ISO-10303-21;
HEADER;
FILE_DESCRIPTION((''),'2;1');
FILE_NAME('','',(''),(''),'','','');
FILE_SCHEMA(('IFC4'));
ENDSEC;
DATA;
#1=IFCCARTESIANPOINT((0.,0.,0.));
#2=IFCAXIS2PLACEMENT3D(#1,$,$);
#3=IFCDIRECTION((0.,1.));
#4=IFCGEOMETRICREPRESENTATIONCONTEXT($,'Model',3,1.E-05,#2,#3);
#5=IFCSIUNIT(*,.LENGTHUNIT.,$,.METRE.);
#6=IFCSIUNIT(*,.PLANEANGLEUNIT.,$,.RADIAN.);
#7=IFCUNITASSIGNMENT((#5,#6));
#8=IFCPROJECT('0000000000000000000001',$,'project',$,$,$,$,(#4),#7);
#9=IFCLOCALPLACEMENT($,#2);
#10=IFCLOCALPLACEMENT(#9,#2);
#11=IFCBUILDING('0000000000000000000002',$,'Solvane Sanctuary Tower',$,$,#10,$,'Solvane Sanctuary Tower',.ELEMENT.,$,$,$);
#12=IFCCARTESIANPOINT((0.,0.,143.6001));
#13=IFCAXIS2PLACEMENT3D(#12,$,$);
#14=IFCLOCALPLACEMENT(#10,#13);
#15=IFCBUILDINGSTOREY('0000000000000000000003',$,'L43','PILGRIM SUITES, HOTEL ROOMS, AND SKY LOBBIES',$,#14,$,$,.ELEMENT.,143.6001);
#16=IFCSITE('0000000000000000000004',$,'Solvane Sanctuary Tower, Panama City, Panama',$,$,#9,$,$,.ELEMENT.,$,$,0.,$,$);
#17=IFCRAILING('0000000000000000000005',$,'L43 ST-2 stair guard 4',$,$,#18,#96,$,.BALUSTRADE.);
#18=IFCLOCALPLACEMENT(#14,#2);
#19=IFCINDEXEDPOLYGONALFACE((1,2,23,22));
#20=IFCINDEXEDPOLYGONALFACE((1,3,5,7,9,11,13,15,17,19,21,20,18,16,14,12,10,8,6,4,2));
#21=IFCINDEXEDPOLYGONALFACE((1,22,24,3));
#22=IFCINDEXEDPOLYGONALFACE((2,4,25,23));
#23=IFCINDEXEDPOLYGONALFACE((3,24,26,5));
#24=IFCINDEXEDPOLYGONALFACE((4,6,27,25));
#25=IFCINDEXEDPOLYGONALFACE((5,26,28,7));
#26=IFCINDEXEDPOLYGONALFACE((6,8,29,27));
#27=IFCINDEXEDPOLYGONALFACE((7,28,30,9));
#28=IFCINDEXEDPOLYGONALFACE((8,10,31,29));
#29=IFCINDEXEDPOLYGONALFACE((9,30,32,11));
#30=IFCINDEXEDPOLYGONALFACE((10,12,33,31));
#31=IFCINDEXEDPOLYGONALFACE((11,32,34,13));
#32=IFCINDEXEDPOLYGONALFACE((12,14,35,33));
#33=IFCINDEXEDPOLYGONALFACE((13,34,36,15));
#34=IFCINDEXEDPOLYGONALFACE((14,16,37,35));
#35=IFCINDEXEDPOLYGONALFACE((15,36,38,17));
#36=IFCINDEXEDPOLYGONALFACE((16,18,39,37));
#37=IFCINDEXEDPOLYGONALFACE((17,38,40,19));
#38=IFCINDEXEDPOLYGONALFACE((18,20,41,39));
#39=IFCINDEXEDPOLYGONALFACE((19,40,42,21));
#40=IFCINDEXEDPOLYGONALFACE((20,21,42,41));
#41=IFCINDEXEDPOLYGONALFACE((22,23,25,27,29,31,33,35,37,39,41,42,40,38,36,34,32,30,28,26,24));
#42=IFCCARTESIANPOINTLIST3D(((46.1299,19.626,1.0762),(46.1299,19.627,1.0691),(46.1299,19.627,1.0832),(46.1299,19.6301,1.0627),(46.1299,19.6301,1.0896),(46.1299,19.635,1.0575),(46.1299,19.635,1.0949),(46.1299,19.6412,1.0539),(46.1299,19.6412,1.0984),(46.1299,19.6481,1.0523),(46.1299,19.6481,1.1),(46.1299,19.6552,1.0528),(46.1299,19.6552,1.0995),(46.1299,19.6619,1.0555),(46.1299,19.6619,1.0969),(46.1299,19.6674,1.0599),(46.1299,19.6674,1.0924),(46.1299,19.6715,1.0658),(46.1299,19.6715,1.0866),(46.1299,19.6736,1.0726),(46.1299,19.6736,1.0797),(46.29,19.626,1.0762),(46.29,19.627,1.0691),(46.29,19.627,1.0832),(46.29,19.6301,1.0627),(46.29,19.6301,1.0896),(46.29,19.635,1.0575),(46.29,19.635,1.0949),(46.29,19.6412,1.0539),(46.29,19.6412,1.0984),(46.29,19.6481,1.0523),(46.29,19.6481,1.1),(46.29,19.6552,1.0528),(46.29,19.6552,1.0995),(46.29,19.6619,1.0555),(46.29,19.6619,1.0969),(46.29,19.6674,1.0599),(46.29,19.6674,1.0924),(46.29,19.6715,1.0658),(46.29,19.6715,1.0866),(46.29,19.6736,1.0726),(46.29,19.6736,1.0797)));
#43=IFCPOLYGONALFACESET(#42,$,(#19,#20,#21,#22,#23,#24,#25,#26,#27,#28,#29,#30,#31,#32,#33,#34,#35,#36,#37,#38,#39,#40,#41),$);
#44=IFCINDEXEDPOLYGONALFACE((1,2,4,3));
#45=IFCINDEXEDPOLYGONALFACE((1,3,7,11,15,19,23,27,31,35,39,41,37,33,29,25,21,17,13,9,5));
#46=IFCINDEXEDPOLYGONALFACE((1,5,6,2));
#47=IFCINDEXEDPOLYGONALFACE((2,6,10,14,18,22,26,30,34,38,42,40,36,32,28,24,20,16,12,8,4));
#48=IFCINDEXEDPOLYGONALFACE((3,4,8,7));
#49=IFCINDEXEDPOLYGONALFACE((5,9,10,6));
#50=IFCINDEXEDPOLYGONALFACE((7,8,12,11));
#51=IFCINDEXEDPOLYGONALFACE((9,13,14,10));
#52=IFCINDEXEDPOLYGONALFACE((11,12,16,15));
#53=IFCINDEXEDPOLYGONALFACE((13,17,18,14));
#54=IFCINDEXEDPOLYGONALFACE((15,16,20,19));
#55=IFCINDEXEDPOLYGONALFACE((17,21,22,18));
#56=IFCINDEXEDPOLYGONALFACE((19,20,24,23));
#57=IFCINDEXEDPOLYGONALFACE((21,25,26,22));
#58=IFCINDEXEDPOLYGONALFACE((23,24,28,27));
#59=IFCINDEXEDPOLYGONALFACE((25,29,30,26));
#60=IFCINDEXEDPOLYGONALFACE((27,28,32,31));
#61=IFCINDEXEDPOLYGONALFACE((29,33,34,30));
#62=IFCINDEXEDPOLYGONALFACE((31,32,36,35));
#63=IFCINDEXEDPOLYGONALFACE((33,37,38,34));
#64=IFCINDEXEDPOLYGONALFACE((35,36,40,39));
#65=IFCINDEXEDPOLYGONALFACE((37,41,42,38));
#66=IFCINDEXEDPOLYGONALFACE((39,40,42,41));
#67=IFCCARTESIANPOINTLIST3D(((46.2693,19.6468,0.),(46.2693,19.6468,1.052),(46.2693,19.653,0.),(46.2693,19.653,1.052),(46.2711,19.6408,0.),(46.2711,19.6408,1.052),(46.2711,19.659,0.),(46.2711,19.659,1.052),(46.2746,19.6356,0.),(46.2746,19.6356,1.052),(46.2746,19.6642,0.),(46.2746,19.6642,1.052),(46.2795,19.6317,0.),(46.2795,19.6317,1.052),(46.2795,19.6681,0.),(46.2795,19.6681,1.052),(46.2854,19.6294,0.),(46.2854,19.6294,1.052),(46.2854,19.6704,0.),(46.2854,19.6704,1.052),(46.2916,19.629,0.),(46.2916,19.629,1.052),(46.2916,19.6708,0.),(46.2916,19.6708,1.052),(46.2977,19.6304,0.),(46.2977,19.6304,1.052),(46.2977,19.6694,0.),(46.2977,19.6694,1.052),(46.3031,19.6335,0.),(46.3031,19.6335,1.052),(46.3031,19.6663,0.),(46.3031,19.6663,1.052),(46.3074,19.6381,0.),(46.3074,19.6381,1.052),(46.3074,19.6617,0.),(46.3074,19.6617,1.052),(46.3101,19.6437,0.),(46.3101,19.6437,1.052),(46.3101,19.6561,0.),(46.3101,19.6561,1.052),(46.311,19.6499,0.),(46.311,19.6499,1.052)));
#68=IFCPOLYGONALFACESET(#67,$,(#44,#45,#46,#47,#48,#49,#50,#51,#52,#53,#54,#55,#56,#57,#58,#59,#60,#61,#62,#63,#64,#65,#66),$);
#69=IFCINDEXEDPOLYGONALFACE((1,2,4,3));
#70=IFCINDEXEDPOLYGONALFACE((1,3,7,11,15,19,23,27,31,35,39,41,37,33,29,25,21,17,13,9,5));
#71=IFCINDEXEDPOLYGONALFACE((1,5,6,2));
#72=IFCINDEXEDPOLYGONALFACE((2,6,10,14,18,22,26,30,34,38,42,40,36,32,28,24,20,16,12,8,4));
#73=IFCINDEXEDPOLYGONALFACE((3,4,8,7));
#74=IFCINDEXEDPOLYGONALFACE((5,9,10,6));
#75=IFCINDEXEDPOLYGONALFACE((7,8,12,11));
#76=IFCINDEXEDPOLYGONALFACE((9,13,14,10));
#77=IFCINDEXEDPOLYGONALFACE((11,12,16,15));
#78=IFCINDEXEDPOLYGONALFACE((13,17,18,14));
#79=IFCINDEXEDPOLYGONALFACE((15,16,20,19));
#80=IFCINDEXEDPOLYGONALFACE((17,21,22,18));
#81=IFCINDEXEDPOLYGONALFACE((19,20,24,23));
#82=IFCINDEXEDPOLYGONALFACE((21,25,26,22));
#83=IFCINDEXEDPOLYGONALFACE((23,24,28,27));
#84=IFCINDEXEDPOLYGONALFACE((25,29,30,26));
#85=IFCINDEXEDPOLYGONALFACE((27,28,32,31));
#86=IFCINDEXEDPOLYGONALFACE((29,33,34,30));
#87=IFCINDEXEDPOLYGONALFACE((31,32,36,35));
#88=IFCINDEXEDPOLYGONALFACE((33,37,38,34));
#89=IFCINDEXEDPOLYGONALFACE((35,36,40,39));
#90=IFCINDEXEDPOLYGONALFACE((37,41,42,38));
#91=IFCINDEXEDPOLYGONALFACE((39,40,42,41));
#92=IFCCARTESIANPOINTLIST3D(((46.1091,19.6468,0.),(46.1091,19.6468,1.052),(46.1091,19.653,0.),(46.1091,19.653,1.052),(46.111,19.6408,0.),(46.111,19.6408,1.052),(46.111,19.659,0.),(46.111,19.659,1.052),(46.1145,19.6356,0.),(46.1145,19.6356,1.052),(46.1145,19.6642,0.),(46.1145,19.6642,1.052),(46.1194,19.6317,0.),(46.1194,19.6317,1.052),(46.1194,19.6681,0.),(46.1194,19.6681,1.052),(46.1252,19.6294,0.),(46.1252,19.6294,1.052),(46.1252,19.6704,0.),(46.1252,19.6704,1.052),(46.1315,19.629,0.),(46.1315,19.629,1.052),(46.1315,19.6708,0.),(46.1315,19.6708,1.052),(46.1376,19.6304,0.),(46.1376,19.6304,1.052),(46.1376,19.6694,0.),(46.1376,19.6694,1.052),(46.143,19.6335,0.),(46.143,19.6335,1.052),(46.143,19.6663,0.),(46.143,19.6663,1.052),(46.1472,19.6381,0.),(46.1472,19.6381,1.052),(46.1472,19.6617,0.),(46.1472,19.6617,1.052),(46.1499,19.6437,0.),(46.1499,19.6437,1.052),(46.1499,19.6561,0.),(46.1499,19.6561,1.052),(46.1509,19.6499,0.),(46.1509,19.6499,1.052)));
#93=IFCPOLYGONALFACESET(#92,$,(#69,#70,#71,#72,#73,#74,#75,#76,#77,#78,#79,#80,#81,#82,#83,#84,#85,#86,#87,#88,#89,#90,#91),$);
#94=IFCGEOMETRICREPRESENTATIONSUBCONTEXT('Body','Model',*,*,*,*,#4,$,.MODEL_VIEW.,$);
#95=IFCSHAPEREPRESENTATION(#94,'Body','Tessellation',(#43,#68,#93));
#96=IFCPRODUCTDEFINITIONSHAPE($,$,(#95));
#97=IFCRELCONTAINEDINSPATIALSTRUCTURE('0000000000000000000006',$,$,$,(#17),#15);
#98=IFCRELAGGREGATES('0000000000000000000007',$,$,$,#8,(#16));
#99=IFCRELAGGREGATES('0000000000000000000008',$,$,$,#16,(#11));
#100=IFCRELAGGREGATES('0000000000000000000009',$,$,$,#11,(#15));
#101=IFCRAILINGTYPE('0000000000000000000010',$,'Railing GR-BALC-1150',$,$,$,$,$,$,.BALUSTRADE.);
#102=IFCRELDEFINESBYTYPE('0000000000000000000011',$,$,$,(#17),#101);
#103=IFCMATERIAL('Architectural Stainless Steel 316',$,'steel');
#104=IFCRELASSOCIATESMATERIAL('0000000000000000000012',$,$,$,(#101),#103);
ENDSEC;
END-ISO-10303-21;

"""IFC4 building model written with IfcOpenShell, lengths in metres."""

from ifc_helpers import new_model, si_unit, direction, frame, origin, origin_2d, place, context, subcontext, project, spatial, circle, extrude, material, type_object, element, save


model = new_model("IFC4")

# Units and contexts
model_context = context("Model", 3, precision=1e-05, world=origin(), true_north=direction((0.0, 1.0)))
body_context = subcontext(model_context, "Body", "Model", "MODEL_VIEW")
ifc_project = project(units=[si_unit("LENGTHUNIT", "METRE"), si_unit("PLANEANGLEUNIT", "RADIAN")], contexts=[model_context])

# Site, building, storey
site_placement = place(None, origin())
site = spatial("IfcSite", under=ifc_project, at=site_placement, Name="Solvane Sanctuary Tower, Panama City, Panama", CompositionType="ELEMENT", RefElevation=0.0)
building_placement = place(site_placement, origin())
building = spatial("IfcBuilding", under=site, at=building_placement, Name="Solvane Sanctuary Tower", LongName="Solvane Sanctuary Tower", CompositionType="ELEMENT")
storey_placement = place(building_placement, frame((0.0, 0.0, 143.6001)))
storey = spatial("IfcBuildingStorey", under=building, at=storey_placement, Name="L43", Description="PILGRIM SUITES, HOTEL ROOMS, AND SKY LOBBIES", CompositionType="ELEMENT", Elevation=143.6001)

# Shared definitions
ifc_material_1 = material(Name="Architectural Stainless Steel 316", Category="steel")

# Railing
railing_type_1 = type_object("IfcRailingType", Name="Railing GR-BALC-1150", PredefinedType="BALUSTRADE", material=ifc_material_1)
railing_1_placement = place(storey_placement, frame((46.29, 19.6499, 0.0)))
element("IfcRailing", 1, at=railing_1_placement, inside=storey, type_object=railing_type_1, Name="L43 ST-2 stair guard 4", PredefinedType="BALUSTRADE", context=body_context, shape_type="SweptSolid", body=[
    extrude(circle(Radius=0.0239, at=origin_2d()), frame((0.0, 0.0, 1.0762), z_axis=(-1.0, 0.0, 0.0), x_axis=(0.0, -1.0, 0.0)), (0.0, 0.0, 1.0), 0.1602),
    extrude(circle(Radius=0.021, at=origin_2d()), origin(), (0.0, 0.0, 1.0), 1.052),
    extrude(circle(Radius=0.021, at=origin_2d()), frame((-0.1602, 0.0, 0.0)), (0.0, 0.0, 1.0), 1.052),
])

save(model, "model.ifc")
